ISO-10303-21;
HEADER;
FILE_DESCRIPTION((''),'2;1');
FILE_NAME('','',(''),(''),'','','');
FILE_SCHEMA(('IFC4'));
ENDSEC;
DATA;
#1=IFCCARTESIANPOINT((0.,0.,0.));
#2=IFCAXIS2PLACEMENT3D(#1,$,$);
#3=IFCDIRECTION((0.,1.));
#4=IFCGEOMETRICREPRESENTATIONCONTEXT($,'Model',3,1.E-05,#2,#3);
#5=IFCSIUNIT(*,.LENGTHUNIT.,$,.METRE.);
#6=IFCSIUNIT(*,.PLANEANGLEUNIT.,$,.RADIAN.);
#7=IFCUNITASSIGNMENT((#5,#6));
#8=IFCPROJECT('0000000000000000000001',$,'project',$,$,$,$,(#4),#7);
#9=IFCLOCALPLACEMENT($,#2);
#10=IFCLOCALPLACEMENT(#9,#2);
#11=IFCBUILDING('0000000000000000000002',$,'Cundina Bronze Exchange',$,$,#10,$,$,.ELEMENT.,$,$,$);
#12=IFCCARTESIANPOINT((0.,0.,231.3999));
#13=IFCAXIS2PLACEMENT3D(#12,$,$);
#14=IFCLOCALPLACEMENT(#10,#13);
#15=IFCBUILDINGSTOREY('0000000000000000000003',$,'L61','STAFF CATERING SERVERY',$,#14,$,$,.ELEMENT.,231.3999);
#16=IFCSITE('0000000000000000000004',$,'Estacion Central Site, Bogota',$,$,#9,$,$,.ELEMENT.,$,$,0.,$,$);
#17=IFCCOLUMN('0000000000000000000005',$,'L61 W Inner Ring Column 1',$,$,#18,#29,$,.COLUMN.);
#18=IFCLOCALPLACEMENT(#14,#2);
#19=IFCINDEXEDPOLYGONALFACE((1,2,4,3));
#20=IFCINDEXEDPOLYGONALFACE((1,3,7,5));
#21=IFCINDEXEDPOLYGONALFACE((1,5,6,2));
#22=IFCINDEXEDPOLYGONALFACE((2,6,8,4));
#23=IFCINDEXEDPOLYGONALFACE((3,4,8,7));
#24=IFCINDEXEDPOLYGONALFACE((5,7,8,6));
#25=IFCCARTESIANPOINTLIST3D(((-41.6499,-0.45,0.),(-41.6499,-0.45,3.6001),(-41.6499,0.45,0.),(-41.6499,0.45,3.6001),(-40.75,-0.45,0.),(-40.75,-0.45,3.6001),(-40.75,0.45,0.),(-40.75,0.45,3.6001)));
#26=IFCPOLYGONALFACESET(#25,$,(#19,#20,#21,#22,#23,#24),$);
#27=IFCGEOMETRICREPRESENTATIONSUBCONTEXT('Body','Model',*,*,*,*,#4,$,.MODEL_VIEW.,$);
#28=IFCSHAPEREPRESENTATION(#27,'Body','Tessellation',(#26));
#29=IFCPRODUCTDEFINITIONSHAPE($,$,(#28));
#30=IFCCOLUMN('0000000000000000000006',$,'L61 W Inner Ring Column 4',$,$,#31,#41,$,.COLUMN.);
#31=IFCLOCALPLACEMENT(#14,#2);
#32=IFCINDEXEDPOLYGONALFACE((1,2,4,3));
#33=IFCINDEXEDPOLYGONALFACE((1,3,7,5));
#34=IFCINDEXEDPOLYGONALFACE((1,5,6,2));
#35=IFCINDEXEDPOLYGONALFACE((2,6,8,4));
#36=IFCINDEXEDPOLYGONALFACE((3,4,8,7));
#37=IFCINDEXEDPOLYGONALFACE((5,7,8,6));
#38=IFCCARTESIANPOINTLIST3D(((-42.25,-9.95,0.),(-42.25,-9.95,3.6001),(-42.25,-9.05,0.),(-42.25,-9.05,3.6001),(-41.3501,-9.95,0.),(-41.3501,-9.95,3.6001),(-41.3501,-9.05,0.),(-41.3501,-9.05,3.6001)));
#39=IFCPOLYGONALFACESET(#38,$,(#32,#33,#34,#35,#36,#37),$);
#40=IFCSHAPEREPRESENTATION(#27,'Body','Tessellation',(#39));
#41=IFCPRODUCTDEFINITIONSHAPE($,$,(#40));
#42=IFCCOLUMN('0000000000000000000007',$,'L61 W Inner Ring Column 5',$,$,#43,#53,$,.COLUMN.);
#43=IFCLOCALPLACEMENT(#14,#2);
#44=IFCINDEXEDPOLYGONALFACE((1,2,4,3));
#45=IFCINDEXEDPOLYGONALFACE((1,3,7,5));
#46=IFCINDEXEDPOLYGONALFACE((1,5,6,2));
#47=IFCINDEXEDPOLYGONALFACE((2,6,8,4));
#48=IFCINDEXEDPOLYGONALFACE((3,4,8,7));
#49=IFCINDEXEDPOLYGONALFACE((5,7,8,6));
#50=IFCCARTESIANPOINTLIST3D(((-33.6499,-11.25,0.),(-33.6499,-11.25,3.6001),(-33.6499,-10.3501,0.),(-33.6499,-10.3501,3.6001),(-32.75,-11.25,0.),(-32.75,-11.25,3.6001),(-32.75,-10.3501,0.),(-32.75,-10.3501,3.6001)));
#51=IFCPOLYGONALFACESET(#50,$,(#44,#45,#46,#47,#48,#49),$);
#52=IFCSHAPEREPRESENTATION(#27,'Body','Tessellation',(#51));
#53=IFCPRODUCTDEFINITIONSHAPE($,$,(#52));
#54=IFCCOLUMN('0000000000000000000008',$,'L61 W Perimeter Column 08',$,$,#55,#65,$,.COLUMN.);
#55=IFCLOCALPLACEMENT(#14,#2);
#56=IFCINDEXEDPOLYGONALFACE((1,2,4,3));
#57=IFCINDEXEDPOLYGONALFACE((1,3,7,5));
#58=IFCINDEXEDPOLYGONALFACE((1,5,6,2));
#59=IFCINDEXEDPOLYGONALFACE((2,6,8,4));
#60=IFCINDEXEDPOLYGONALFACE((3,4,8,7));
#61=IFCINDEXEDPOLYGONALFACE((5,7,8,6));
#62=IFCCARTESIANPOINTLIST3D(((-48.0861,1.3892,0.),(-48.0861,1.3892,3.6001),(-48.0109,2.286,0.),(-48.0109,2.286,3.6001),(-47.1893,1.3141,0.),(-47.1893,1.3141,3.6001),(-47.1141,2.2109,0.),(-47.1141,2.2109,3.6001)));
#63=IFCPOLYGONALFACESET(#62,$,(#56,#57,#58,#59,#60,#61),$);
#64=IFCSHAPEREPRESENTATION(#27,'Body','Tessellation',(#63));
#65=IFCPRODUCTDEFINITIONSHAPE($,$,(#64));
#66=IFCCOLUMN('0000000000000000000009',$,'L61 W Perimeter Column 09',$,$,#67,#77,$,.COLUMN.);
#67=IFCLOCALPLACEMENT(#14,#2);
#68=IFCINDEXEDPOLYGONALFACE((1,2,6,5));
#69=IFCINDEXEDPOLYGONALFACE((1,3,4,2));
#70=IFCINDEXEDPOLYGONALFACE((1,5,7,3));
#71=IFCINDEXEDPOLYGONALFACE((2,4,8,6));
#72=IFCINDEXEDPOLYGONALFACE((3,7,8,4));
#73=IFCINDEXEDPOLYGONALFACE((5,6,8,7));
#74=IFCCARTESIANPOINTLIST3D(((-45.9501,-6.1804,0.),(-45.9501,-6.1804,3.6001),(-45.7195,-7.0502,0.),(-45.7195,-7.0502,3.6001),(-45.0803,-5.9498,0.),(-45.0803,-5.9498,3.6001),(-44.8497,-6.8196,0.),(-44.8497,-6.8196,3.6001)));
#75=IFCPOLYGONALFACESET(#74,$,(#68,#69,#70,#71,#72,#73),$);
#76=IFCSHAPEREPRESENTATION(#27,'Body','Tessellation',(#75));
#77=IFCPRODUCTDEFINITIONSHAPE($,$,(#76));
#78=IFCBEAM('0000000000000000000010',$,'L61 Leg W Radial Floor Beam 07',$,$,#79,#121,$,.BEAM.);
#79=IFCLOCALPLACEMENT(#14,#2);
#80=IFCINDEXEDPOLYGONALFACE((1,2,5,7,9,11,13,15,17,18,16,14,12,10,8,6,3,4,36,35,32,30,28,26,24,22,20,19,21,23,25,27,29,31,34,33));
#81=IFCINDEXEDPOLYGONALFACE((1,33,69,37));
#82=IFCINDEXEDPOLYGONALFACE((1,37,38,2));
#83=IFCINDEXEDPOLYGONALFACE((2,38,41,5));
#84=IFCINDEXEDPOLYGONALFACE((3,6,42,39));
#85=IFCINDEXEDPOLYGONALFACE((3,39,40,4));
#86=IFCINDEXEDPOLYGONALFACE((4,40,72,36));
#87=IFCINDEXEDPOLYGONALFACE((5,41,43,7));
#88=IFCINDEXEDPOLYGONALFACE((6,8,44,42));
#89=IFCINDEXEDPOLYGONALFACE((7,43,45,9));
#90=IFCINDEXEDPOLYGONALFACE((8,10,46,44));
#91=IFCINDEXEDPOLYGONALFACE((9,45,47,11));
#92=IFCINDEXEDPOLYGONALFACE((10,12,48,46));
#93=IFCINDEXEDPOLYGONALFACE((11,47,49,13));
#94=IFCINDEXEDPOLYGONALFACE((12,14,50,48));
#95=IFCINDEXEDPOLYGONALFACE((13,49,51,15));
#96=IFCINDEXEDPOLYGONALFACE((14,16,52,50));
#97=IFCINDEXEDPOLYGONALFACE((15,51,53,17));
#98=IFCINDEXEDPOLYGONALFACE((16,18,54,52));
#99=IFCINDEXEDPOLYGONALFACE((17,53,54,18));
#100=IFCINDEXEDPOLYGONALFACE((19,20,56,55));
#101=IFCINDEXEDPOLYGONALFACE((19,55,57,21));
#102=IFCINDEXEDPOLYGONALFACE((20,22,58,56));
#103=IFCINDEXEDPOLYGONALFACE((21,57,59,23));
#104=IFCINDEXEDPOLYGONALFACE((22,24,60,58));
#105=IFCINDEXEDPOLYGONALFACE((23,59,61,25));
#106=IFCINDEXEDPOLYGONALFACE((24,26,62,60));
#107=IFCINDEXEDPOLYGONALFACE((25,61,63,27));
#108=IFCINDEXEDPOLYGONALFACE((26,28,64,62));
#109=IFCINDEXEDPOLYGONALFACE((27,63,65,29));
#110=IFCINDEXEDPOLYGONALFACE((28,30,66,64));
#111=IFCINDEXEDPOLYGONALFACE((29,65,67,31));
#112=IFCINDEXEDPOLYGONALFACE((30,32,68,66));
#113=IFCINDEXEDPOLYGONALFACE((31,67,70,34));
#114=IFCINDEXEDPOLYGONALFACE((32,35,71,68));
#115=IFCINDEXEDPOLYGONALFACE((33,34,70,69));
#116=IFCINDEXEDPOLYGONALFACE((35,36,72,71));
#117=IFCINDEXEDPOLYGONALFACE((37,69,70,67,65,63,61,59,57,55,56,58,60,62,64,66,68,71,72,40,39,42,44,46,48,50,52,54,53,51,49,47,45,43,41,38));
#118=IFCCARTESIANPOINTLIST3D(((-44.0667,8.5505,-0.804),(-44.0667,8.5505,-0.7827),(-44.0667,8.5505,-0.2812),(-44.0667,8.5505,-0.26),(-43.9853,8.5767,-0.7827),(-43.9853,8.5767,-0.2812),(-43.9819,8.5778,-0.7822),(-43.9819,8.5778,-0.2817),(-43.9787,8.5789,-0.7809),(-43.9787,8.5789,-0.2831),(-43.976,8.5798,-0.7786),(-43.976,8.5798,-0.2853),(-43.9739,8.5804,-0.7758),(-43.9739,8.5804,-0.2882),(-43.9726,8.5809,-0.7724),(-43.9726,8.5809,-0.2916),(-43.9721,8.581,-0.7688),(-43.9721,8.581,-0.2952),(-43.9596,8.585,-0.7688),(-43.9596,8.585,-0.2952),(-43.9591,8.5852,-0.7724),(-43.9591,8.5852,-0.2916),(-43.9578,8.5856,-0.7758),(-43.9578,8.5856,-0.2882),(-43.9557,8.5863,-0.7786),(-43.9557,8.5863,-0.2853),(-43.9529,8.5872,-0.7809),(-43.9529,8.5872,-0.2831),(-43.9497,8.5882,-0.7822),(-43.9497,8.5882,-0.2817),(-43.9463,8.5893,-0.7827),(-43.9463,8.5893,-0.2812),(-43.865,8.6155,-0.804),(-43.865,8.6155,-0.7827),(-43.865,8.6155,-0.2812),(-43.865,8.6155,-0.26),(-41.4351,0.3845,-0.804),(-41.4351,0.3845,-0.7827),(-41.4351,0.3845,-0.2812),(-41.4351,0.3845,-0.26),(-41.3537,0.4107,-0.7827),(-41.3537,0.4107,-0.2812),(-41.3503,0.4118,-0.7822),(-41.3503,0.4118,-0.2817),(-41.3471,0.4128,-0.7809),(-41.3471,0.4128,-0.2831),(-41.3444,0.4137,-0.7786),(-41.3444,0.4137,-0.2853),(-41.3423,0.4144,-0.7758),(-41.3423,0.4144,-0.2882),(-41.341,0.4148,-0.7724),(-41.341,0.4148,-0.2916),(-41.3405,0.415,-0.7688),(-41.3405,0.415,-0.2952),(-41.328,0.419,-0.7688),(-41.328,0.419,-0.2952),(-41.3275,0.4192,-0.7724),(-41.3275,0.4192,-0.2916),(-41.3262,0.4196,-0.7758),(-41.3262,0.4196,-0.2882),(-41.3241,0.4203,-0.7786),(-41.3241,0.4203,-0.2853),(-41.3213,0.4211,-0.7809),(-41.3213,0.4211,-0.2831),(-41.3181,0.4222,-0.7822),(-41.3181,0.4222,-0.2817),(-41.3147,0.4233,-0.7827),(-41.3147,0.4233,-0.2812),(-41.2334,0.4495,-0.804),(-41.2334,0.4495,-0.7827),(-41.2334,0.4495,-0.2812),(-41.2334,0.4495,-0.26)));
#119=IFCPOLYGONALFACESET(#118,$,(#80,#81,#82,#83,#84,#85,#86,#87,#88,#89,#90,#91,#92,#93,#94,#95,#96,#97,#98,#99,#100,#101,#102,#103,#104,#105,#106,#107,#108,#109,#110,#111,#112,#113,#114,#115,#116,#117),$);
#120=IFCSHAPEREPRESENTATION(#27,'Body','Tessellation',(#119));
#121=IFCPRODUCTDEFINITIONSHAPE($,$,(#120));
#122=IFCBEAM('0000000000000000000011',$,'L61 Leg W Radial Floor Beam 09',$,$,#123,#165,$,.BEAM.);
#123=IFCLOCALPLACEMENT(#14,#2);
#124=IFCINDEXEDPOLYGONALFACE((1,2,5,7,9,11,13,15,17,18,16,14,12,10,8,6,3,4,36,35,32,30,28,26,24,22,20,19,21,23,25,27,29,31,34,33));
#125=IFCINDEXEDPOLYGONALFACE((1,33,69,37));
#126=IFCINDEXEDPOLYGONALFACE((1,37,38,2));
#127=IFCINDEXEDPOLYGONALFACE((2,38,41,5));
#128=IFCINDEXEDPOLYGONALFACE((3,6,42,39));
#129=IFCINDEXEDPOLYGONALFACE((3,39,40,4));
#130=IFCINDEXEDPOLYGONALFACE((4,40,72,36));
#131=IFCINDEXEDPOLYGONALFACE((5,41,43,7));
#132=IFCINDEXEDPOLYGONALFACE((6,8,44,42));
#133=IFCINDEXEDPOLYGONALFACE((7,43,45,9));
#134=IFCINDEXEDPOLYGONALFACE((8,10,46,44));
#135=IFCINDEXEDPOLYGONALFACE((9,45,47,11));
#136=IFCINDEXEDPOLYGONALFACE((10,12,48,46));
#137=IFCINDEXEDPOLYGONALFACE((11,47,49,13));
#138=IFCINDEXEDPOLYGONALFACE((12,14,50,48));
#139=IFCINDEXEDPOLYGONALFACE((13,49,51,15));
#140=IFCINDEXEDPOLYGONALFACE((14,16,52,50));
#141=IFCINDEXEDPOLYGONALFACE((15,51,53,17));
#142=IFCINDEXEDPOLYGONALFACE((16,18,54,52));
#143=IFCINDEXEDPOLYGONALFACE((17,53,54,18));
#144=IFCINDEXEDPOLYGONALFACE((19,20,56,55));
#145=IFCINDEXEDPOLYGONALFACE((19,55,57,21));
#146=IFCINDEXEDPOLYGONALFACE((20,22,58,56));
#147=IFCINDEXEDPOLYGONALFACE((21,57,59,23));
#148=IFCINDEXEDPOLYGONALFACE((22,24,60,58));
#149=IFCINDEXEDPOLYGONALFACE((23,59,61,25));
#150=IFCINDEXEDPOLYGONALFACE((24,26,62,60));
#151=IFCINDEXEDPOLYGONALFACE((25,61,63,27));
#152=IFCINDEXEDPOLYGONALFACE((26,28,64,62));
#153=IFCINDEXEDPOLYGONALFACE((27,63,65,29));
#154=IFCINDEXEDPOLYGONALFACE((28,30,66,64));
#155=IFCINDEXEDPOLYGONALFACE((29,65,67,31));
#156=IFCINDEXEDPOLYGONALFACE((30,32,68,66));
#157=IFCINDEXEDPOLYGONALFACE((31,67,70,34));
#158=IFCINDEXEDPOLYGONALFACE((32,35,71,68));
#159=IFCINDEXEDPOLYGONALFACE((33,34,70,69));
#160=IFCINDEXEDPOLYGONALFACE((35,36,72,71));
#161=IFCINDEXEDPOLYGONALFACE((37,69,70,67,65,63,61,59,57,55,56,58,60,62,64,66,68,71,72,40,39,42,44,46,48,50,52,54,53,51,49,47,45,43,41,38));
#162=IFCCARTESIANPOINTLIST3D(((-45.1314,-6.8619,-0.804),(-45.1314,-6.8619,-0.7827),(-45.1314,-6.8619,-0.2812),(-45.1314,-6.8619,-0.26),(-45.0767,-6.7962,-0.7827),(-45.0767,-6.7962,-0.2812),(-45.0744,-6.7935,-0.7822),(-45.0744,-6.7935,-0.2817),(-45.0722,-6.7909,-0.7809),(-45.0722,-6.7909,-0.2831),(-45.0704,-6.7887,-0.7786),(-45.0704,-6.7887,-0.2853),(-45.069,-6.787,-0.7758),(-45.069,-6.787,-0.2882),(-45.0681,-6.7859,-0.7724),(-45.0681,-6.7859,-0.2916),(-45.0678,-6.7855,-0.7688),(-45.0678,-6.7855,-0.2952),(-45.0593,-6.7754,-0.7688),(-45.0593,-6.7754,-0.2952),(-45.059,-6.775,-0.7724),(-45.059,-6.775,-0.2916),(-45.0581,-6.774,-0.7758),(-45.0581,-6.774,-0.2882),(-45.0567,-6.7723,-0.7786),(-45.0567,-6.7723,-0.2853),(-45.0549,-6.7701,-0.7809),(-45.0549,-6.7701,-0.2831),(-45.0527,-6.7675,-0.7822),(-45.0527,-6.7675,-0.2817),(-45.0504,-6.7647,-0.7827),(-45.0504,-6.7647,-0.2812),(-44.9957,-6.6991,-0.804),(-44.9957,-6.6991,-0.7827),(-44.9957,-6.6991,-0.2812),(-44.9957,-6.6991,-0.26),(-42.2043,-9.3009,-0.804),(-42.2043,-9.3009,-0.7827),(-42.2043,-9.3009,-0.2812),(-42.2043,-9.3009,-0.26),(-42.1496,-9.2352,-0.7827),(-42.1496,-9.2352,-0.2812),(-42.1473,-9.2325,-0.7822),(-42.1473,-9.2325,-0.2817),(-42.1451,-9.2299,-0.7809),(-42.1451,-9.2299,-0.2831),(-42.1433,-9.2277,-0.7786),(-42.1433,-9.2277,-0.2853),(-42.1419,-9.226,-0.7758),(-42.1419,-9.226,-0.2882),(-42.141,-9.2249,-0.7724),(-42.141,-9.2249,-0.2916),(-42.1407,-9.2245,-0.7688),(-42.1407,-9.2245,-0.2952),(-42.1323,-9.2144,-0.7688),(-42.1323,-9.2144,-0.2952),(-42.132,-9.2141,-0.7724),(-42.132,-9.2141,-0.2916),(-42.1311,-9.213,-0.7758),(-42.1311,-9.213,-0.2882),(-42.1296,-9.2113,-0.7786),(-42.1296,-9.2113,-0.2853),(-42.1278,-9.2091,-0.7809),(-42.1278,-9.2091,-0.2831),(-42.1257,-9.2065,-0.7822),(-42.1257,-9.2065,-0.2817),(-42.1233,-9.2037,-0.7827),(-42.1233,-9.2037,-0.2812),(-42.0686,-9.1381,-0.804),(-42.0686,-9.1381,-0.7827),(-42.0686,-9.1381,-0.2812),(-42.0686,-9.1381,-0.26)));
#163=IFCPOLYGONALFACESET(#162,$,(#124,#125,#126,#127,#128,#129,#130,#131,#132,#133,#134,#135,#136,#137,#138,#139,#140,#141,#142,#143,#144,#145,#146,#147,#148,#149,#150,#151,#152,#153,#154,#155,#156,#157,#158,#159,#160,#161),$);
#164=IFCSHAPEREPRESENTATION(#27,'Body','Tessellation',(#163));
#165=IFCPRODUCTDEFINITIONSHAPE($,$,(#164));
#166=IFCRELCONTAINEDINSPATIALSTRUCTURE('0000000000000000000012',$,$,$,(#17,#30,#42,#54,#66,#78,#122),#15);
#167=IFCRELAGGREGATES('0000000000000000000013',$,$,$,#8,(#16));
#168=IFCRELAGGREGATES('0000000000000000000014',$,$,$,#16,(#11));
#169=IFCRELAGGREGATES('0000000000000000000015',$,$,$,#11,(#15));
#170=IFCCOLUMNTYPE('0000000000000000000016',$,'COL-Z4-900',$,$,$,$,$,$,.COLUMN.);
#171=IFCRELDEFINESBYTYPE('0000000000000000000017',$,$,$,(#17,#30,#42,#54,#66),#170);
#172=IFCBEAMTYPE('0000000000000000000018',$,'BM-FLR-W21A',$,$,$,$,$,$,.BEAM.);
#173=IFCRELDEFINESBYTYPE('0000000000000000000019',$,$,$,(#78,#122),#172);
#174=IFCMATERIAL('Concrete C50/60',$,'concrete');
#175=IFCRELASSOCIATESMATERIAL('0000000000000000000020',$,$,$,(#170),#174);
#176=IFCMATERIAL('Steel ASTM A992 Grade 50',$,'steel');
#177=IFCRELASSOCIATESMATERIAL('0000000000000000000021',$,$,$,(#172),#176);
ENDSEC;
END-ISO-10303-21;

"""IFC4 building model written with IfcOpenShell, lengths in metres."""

from ifc_helpers import new_model, si_unit, direction, frame, origin, origin_2d, place, context, subcontext, project, spatial, rectangle, i_section, extrude, material, material_profile, profile_set, type_object, element, save


model = new_model("IFC4")

# Units and contexts
model_context = context("Model", 3, precision=1e-05, world=origin(), true_north=direction((0.0, 1.0)))
body_context = subcontext(model_context, "Body", "Model", "MODEL_VIEW")
ifc_project = project(units=[si_unit("LENGTHUNIT", "METRE"), si_unit("PLANEANGLEUNIT", "RADIAN")], contexts=[model_context])

# Site, building, storey
site_placement = place(None, origin())
site = spatial("IfcSite", under=ifc_project, at=site_placement, Name="Estacion Central Site, Bogota", CompositionType="ELEMENT", RefElevation=0.0)
building_placement = place(site_placement, origin())
building = spatial("IfcBuilding", under=site, at=building_placement, Name="Cundina Bronze Exchange", CompositionType="ELEMENT")
storey_placement = place(building_placement, frame((0.0, 0.0, 231.3999)))
storey = spatial("IfcBuildingStorey", under=building, at=storey_placement, Name="L61", Description="STAFF CATERING SERVERY", CompositionType="ELEMENT", Elevation=231.3999)

# Columns
ifc_material_1 = material(Name="Concrete C50/60", Category="concrete")
ifc_material_profile_1 = material_profile(ifc_material_1, rectangle(XDim=0.8999, YDim=0.8999, at=origin_2d()), Name="RC900X900", Category="concrete")
ifc_profile_set_1 = profile_set([ifc_material_profile_1], Name="Concrete C50/60")
column_type = type_object("IfcColumnType", Name="COL-Z4-900", PredefinedType="COLUMN", material=ifc_profile_set_1)
for number, where, z_axis, x_axis, name in (
    (1, (-41.2, 0.0, 0.0), (0.0, 0.0, 1.0), (1.0, 0.0, 0.0), "L61 W Inner Ring Column 1"),
    (2, (-41.8, -9.5, 0.0), (0.0, 0.0, 1.0), (1.0, 0.0, 0.0), "L61 W Inner Ring Column 4"),
    (3, (-33.2, -10.8, 0.0), (0.0, 0.0, 1.0), (1.0, 0.0, 0.0), "L61 W Inner Ring Column 5"),
    (4, (-47.6001, 1.8, 0.0), (0.0, 0.0, 1.0), (-0.083504, -0.996507, 0.0), "L61 W Perimeter Column 08"),
    (5, (-45.3999, -6.5, 0.0), (0.0, 0.0, 1.0), (0.256289, -0.9666, 0.0), "L61 W Perimeter Column 09"),
):
    element("IfcColumn", number, at=place(storey_placement, frame(where, z_axis=z_axis, x_axis=x_axis)), inside=storey, type_object=column_type, Name=name, PredefinedType="COLUMN", context=body_context, shape_type="SweptSolid", body=[
        extrude(rectangle(XDim=0.8999, YDim=0.8999, at=origin_2d()), origin(), (0.0, 0.0, 1.0), 3.6001),
    ])

# Beams
ifc_material_2 = material(Name="Steel ASTM A992 Grade 50", Category="steel")
ifc_material_profile_2 = material_profile(ifc_material_2, i_section(OverallWidth=0.2119, OverallDepth=0.5439, WebThickness=0.0132, FlangeThickness=0.0212, FilletRadius=0.0139, at=origin_2d()), Name="W21X83", Category="steel")
ifc_profile_set_2 = profile_set([ifc_material_profile_2], Name="Steel ASTM A992 Grade 50")
beam_type_1 = type_object("IfcBeamType", Name="BM-FLR-W21A", PredefinedType="BEAM", material=ifc_profile_set_2)
beam_1_placement = place(storey_placement, frame((-41.3342, 0.417, -0.532), z_axis=(-0.306728, 0.951797, 0.0), x_axis=(-0.951797, -0.306728, 0.0)))
element("IfcBeam", 6, at=beam_1_placement, inside=storey, type_object=beam_type_1, Name="L61 Leg W Radial Floor Beam 07", PredefinedType="BEAM", context=body_context, shape_type="SweptSolid", body=[
    extrude(i_section(OverallWidth=0.2119, OverallDepth=0.5439, WebThickness=0.0132, FlangeThickness=0.0212, FilletRadius=0.0139, at=origin_2d()), origin(), (0.0, 0.0, 1.0), 8.5796),
])
beam_2_placement = place(storey_placement, frame((-42.1365, -9.2195, -0.532), z_axis=(-0.768248, 0.640153, 0.0), x_axis=(-0.640153, -0.768248, 0.0)))
element("IfcBeam", 7, at=beam_2_placement, inside=storey, type_object=beam_type_1, Name="L61 Leg W Radial Floor Beam 09", PredefinedType="BEAM", context=body_context, shape_type="SweptSolid", body=[
    extrude(i_section(OverallWidth=0.2119, OverallDepth=0.5439, WebThickness=0.0132, FlangeThickness=0.0212, FilletRadius=0.0139, at=origin_2d()), origin(), (0.0, 0.0, 1.0), 3.8101),
])

save(model, "model.ifc")
